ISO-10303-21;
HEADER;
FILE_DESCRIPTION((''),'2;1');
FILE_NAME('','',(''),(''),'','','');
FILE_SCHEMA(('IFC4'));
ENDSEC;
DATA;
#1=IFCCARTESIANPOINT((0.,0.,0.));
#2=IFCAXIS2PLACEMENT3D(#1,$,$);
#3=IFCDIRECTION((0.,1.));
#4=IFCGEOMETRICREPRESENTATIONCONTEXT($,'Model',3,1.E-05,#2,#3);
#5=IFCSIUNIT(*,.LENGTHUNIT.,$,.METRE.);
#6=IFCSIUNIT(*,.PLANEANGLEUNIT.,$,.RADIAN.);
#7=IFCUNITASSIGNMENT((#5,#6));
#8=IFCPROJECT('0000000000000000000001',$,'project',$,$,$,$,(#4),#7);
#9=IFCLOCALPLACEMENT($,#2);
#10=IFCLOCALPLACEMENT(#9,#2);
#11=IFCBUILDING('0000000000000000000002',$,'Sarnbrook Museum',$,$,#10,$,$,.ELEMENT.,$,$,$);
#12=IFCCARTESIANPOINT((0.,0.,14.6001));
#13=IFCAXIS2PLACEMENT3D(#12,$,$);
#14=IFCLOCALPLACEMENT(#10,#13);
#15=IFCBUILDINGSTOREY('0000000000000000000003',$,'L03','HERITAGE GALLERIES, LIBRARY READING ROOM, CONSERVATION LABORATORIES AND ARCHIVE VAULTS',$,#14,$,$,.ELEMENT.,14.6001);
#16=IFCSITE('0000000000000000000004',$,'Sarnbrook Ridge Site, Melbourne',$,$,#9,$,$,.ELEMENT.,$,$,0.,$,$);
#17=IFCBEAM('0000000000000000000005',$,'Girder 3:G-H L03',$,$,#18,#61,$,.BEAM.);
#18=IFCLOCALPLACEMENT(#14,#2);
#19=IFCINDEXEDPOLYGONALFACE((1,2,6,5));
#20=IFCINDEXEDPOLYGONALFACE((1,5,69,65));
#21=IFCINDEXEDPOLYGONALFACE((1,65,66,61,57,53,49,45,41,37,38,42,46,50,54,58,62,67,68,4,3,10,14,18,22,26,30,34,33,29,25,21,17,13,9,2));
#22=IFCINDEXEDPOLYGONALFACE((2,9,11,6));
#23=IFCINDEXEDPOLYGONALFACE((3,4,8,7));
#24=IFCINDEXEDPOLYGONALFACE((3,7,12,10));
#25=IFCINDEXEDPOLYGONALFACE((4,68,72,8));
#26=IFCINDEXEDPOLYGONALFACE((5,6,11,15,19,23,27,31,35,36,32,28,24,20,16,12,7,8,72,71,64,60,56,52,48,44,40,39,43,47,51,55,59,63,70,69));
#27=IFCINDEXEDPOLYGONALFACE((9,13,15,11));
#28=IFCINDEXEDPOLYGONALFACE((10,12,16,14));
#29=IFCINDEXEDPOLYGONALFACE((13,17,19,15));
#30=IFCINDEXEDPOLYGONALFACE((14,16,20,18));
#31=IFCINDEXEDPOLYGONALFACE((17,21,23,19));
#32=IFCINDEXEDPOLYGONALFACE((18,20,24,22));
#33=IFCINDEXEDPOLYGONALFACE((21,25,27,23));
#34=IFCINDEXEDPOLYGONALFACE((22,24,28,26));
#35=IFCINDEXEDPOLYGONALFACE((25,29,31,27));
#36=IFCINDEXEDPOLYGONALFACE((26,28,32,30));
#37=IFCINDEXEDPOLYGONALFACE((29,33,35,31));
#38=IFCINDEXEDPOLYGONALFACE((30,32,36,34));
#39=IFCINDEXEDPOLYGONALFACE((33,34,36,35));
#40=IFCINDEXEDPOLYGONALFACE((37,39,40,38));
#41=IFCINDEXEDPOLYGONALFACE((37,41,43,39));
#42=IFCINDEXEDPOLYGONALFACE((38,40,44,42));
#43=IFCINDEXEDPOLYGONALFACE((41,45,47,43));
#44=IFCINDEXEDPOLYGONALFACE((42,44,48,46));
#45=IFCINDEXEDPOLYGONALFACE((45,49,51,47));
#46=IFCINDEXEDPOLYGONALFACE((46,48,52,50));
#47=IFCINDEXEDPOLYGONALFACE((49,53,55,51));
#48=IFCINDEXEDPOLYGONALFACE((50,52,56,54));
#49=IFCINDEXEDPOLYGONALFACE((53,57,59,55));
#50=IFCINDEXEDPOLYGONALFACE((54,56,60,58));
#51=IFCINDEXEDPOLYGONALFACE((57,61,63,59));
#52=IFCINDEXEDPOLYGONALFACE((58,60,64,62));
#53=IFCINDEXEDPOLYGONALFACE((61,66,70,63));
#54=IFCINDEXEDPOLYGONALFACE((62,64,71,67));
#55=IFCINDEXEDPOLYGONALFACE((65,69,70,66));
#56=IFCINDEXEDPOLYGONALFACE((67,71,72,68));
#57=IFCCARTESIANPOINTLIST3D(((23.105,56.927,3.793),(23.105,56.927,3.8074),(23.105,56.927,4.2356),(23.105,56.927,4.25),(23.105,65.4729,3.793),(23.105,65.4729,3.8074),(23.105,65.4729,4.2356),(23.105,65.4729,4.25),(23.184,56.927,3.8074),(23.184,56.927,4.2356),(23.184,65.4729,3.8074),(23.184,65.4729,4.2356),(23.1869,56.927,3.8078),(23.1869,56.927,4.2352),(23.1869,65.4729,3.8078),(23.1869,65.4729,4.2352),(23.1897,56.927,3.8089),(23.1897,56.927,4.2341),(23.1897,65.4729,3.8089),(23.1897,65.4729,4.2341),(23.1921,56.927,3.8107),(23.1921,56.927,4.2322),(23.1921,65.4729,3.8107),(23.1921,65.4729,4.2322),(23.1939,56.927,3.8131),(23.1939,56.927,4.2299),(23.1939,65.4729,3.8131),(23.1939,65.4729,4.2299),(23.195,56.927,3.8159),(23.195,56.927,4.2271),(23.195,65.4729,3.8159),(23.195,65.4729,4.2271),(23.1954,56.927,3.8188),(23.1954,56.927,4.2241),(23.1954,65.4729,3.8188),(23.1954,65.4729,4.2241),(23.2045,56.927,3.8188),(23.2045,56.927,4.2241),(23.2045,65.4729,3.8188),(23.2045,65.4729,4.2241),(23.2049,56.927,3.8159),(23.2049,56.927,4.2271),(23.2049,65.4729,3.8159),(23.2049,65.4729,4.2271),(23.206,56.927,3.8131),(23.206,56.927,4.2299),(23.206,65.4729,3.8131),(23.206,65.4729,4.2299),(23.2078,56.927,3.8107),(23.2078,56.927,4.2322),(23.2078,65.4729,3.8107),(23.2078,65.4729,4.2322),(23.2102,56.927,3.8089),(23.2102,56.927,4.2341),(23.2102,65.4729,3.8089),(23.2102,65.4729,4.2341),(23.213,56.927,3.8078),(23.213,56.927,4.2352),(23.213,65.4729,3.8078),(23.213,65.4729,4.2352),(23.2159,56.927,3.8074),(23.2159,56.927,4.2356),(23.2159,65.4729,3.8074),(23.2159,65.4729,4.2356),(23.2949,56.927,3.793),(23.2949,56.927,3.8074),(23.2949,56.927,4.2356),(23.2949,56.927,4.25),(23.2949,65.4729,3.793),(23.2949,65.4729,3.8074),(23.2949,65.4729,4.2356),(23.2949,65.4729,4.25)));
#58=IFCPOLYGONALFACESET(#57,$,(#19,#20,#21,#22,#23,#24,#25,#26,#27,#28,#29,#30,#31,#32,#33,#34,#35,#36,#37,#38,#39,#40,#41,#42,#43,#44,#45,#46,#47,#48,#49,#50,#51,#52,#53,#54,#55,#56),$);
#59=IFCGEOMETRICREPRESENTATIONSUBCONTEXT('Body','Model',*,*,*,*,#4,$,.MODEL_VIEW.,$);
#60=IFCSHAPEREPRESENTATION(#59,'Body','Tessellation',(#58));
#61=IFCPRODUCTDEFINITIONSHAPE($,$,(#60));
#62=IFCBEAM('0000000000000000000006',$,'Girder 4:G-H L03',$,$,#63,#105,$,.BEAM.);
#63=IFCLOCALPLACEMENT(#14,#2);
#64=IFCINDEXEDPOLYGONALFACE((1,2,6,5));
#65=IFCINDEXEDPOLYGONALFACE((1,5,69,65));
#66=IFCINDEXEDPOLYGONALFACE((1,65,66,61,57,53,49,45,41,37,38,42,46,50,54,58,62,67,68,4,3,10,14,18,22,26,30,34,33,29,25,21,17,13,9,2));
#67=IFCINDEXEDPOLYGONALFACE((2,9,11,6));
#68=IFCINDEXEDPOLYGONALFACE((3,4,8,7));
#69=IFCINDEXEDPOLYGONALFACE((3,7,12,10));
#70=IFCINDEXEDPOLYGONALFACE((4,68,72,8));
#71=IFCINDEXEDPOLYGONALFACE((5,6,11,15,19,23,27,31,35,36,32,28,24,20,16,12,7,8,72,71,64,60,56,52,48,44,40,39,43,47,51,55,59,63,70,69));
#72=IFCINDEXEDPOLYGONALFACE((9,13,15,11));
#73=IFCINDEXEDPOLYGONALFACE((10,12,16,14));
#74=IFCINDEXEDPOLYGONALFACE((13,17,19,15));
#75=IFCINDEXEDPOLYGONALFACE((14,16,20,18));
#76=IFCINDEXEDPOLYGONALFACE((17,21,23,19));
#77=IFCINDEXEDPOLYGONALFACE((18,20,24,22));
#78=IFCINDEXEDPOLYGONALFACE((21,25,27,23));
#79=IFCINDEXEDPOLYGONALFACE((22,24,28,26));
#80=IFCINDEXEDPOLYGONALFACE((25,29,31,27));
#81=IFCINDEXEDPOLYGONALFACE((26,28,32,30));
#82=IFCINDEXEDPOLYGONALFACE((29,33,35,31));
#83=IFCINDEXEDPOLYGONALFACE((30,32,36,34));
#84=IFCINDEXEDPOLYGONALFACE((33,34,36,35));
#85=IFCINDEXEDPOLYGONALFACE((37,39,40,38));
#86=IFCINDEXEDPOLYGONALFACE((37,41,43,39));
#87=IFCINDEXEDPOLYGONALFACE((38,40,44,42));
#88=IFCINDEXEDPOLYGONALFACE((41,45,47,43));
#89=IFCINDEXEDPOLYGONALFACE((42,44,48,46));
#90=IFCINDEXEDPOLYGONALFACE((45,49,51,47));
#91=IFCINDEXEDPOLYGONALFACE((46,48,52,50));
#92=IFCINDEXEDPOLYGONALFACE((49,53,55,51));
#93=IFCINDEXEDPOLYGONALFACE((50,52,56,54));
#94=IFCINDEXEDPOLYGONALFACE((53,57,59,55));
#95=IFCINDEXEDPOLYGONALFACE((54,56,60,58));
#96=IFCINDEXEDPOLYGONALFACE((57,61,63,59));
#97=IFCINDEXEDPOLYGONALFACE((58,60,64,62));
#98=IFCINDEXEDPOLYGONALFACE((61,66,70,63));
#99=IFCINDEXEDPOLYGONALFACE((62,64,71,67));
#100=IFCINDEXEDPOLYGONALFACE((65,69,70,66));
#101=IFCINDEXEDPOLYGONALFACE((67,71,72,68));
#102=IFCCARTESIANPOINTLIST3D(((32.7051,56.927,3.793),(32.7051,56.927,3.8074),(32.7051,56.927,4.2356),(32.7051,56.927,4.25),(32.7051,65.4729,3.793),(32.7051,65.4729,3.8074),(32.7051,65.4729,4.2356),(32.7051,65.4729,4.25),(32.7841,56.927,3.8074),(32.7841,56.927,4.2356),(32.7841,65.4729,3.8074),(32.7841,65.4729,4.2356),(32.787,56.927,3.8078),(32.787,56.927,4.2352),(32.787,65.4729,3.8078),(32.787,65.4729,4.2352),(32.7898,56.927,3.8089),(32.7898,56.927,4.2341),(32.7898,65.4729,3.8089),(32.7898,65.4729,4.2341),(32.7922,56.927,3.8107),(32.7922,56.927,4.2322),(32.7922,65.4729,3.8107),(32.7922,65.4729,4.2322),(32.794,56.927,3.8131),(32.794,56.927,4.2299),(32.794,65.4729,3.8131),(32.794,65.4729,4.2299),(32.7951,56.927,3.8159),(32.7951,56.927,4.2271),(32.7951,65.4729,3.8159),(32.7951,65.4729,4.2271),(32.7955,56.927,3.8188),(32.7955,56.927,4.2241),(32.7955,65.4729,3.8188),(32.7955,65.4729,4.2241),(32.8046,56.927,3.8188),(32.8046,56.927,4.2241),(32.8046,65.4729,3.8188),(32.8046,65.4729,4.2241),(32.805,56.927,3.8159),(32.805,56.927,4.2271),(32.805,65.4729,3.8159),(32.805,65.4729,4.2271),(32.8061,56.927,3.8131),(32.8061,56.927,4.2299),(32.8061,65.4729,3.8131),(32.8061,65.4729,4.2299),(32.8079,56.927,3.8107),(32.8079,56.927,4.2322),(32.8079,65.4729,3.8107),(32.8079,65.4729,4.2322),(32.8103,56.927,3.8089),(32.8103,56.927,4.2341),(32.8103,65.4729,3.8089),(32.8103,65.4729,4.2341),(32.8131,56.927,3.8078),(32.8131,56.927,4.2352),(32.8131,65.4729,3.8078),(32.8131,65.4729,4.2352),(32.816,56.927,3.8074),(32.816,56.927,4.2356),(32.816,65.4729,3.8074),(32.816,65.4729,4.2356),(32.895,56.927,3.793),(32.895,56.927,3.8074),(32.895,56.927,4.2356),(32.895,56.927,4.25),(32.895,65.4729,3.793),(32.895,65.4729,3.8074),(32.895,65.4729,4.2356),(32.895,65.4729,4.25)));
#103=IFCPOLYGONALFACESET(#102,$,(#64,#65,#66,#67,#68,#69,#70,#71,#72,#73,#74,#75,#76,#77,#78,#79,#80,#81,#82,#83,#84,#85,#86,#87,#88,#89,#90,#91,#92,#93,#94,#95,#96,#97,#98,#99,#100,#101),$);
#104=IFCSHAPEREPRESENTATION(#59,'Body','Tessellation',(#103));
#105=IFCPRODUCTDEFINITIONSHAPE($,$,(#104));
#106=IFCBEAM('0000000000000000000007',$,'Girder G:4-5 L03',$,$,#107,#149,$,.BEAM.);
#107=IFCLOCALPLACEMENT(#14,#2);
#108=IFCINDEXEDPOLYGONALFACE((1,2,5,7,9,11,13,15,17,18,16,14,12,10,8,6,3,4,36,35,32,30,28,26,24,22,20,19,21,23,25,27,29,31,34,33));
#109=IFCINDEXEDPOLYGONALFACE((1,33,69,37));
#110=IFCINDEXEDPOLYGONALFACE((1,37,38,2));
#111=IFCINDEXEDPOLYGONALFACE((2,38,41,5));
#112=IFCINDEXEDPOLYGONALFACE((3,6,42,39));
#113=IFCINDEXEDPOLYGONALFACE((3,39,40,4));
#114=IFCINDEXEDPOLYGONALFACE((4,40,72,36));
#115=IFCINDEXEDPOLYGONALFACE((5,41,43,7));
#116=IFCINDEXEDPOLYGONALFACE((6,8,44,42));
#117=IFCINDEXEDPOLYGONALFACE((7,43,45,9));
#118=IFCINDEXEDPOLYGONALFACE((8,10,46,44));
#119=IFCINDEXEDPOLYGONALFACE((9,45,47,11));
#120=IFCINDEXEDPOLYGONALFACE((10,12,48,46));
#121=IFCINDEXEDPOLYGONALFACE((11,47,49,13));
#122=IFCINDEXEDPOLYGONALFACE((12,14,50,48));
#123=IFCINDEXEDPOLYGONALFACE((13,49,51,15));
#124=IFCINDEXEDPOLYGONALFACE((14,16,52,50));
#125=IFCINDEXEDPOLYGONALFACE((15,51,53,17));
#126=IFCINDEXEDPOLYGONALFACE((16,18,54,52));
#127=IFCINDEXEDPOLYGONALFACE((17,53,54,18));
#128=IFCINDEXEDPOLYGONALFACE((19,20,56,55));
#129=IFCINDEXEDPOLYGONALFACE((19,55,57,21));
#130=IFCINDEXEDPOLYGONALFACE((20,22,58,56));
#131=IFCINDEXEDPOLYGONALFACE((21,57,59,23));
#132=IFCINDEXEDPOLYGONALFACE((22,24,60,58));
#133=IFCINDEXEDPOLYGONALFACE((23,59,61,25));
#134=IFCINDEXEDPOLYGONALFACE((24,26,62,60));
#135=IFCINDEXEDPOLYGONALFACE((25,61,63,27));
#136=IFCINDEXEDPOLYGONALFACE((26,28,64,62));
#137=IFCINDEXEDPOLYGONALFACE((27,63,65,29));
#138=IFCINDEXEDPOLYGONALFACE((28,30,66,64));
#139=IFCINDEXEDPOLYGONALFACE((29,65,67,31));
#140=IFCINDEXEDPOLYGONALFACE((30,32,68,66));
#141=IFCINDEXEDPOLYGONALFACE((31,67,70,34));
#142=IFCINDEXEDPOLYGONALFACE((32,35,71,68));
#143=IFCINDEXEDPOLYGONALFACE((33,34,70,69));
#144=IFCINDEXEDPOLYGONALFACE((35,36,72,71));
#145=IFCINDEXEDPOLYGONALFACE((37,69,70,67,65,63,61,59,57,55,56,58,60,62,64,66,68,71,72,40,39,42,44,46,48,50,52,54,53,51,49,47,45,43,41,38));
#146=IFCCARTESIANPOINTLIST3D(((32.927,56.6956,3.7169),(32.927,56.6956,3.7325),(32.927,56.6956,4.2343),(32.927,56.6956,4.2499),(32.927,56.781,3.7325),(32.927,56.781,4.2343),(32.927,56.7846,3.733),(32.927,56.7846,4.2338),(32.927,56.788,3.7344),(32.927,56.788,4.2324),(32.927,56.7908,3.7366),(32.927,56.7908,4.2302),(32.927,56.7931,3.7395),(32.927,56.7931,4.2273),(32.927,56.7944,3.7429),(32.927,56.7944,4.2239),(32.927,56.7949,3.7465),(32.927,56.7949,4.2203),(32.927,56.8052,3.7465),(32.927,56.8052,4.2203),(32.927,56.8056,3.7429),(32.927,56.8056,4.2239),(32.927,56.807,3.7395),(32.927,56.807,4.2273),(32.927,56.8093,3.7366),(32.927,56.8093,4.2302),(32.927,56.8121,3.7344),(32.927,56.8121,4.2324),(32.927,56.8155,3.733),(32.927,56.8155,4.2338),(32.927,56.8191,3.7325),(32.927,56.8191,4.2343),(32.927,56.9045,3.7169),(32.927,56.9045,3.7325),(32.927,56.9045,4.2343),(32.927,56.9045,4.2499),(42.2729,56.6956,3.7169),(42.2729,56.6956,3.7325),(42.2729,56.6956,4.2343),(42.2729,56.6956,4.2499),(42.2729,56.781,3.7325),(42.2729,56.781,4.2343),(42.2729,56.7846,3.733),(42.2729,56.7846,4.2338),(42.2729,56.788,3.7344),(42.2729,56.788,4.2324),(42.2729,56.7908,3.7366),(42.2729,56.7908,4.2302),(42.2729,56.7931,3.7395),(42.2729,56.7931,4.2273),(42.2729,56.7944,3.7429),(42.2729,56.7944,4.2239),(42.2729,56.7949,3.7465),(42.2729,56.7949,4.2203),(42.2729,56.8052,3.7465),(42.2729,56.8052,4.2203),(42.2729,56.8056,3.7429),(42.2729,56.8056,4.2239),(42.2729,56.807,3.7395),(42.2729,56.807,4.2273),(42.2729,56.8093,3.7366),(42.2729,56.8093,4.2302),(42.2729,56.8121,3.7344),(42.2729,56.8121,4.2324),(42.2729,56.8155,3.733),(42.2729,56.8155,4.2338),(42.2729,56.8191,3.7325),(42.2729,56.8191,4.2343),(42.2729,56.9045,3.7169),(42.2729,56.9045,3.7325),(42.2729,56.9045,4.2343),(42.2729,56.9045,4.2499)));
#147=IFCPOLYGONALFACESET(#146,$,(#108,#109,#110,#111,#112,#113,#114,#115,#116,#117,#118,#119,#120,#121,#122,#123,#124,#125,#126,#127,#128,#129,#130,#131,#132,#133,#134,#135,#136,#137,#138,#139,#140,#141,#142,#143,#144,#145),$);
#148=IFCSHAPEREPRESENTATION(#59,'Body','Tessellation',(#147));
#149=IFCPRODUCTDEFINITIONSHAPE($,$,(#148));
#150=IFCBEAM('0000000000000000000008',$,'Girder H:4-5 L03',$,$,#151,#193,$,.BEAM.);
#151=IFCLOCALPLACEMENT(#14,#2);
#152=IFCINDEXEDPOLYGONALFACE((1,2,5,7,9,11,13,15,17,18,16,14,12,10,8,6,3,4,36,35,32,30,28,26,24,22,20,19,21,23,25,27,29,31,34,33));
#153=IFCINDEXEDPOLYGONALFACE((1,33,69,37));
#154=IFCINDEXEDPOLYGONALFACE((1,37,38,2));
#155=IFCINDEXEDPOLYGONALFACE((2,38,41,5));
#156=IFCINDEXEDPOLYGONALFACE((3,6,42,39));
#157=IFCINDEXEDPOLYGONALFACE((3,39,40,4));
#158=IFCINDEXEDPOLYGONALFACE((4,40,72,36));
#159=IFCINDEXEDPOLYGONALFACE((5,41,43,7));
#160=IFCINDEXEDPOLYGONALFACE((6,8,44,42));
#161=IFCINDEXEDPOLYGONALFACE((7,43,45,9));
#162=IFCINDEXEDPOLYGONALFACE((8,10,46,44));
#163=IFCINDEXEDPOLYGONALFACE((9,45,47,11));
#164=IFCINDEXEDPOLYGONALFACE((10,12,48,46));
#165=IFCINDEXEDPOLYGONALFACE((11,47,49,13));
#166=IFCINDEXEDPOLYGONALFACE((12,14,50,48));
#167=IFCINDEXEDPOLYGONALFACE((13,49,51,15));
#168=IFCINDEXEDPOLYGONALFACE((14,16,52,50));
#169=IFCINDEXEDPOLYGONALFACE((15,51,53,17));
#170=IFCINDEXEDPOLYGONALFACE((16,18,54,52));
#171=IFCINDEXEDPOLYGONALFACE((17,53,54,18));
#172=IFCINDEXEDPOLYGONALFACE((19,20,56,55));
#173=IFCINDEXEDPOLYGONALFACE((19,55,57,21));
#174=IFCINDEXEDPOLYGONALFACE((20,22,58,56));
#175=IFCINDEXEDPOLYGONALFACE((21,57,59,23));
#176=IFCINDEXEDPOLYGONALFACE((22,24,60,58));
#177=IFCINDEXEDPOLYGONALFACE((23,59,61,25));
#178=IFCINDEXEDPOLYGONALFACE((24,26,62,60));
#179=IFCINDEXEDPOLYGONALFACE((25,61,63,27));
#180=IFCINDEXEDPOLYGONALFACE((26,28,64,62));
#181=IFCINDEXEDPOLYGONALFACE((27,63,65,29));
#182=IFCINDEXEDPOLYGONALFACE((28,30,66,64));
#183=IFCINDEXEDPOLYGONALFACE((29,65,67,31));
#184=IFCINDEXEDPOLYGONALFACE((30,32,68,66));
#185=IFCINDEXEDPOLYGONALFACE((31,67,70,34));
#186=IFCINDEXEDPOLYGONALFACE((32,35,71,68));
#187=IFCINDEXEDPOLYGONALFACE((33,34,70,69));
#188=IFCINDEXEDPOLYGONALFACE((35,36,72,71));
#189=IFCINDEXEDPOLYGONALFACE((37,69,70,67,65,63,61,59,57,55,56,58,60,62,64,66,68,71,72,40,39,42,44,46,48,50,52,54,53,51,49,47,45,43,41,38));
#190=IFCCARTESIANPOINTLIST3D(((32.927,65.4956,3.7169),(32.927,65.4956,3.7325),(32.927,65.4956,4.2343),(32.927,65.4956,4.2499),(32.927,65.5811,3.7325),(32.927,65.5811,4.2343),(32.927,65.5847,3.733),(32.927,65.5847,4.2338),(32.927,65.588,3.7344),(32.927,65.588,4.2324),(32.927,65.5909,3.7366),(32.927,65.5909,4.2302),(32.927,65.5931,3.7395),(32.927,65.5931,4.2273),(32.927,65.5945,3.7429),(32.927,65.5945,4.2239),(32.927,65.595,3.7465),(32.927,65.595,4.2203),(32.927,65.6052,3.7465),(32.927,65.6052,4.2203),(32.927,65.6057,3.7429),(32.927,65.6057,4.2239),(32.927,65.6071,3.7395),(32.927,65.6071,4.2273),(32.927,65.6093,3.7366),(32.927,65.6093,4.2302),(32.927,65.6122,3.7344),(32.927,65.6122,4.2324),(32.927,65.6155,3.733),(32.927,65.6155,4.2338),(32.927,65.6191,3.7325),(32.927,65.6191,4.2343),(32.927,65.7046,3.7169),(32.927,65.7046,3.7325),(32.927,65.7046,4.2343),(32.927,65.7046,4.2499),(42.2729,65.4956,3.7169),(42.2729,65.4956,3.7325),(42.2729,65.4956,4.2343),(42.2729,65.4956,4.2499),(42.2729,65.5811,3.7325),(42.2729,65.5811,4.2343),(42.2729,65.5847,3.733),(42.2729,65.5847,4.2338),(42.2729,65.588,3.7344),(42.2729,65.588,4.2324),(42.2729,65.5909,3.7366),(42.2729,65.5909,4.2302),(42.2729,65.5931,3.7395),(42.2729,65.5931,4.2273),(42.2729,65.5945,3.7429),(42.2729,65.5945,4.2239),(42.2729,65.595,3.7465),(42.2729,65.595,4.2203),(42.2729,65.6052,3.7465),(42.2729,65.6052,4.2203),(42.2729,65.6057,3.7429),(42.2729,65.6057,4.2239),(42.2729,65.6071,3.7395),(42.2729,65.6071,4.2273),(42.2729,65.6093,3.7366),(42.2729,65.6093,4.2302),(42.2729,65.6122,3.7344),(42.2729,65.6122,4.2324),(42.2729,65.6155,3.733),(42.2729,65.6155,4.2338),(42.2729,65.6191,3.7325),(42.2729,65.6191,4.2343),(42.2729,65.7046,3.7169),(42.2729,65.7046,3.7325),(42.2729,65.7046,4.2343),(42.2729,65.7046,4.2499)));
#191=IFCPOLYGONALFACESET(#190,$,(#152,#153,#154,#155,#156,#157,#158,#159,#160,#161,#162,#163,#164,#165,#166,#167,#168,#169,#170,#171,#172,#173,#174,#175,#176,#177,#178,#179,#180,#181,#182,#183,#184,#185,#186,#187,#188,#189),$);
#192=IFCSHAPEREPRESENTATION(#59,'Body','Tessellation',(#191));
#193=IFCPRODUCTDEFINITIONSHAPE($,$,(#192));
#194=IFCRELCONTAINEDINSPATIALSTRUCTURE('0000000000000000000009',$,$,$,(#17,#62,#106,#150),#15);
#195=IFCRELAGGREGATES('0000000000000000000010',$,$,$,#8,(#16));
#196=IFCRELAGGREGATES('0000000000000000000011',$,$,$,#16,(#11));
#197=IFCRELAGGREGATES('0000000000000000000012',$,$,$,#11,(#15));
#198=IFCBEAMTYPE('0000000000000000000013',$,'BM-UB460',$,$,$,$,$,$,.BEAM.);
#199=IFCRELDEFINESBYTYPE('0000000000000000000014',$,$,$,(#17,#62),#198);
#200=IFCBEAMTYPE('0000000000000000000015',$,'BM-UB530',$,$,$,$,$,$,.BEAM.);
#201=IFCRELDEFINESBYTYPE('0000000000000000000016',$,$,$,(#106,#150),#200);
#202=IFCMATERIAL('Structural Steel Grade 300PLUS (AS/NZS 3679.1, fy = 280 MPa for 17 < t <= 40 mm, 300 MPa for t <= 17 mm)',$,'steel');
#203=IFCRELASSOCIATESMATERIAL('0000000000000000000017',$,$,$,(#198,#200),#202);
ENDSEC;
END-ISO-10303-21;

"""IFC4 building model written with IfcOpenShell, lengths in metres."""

from ifc_helpers import new_model, si_unit, direction, frame, origin, origin_2d, place, context, subcontext, project, spatial, i_section, extrude, material, material_profile, profile_set, type_object, element, save


model = new_model("IFC4")

# Units and contexts
model_context = context("Model", 3, precision=1e-05, world=origin(), true_north=direction((0.0, 1.0)))
body_context = subcontext(model_context, "Body", "Model", "MODEL_VIEW")
ifc_project = project(units=[si_unit("LENGTHUNIT", "METRE"), si_unit("PLANEANGLEUNIT", "RADIAN")], contexts=[model_context])

# Site, building, storey
site_placement = place(None, origin())
site = spatial("IfcSite", under=ifc_project, at=site_placement, Name="Sarnbrook Ridge Site, Melbourne", CompositionType="ELEMENT", RefElevation=0.0)
building_placement = place(site_placement, origin())
building = spatial("IfcBuilding", under=site, at=building_placement, Name="Sarnbrook Museum", CompositionType="ELEMENT")
storey_placement = place(building_placement, frame((0.0, 0.0, 14.6001)))
storey = spatial("IfcBuildingStorey", under=building, at=storey_placement, Name="L03", Description="HERITAGE GALLERIES, LIBRARY READING ROOM, CONSERVATION LABORATORIES AND ARCHIVE VAULTS", CompositionType="ELEMENT", Elevation=14.6001)

# Shared definitions
ifc_material_1 = material(Name="Structural Steel Grade 300PLUS (AS/NZS 3679.1, fy = 280 MPa for 17 < t <= 40 mm, 300 MPa for t <= 17 mm)", Category="steel")

# Beams
ifc_material_profile_1 = material_profile(ifc_material_1, i_section(OverallWidth=0.1899, OverallDepth=0.457, WebThickness=0.009, FlangeThickness=0.0144, FilletRadius=0.0115, at=origin_2d()), Name="460UB74.6")
ifc_profile_set_1 = profile_set([ifc_material_profile_1], Name="Structural Steel Grade 300PLUS (AS/NZS 3679.1, fy = 280 MPa for 17 < t <= 40 mm, 300 MPa for t <= 17 mm)")
beam_type_1 = type_object("IfcBeamType", Name="BM-UB460", PredefinedType="BEAM", material=ifc_profile_set_1)
for number, where, z_axis, x_axis, name in (
    (1, (23.2, 56.927, 4.0215), (0.0, 1.0, 0.0), (-1.0, 0.0, 0.0), "Girder 3:G-H L03"),
    (2, (32.8, 56.927, 4.0215), (0.0, 1.0, 0.0), (-1.0, 0.0, 0.0), "Girder 4:G-H L03"),
):
    element("IfcBeam", number, at=place(storey_placement, frame(where, z_axis=z_axis, x_axis=x_axis)), inside=storey, type_object=beam_type_1, Name=name, PredefinedType="BEAM", context=body_context, shape_type="SweptSolid", body=[
        extrude(i_section(OverallWidth=0.1899, OverallDepth=0.457, WebThickness=0.009, FlangeThickness=0.0144, FilletRadius=0.0115, at=origin_2d()), origin(), (0.0, 0.0, 1.0), 8.5459),
    ])
ifc_material_profile_2 = material_profile(ifc_material_1, i_section(OverallWidth=0.209, OverallDepth=0.533, WebThickness=0.0103, FlangeThickness=0.0156, FilletRadius=0.0139, at=origin_2d()), Name="530UB92.4")
ifc_profile_set_2 = profile_set([ifc_material_profile_2], Name="Structural Steel Grade 300PLUS (AS/NZS 3679.1, fy = 280 MPa for 17 < t <= 40 mm, 300 MPa for t <= 17 mm)")
beam_type_2 = type_object("IfcBeamType", Name="BM-UB530", PredefinedType="BEAM", material=ifc_profile_set_2)
for number, where, z_axis, x_axis, name in (
    (3, (32.927, 56.8, 3.9834), (1.0, 0.0, 0.0), (0.0, 1.0, 0.0), "Girder G:4-5 L03"),
    (4, (32.927, 65.6001, 3.9834), (1.0, 0.0, 0.0), (0.0, 1.0, 0.0), "Girder H:4-5 L03"),
):
    element("IfcBeam", number, at=place(storey_placement, frame(where, z_axis=z_axis, x_axis=x_axis)), inside=storey, type_object=beam_type_2, Name=name, PredefinedType="BEAM", context=body_context, shape_type="SweptSolid", body=[
        extrude(i_section(OverallWidth=0.209, OverallDepth=0.533, WebThickness=0.0103, FlangeThickness=0.0156, FilletRadius=0.0139, at=origin_2d()), origin(), (0.0, 0.0, 1.0), 9.3459),
    ])

save(model, "model.ifc")
